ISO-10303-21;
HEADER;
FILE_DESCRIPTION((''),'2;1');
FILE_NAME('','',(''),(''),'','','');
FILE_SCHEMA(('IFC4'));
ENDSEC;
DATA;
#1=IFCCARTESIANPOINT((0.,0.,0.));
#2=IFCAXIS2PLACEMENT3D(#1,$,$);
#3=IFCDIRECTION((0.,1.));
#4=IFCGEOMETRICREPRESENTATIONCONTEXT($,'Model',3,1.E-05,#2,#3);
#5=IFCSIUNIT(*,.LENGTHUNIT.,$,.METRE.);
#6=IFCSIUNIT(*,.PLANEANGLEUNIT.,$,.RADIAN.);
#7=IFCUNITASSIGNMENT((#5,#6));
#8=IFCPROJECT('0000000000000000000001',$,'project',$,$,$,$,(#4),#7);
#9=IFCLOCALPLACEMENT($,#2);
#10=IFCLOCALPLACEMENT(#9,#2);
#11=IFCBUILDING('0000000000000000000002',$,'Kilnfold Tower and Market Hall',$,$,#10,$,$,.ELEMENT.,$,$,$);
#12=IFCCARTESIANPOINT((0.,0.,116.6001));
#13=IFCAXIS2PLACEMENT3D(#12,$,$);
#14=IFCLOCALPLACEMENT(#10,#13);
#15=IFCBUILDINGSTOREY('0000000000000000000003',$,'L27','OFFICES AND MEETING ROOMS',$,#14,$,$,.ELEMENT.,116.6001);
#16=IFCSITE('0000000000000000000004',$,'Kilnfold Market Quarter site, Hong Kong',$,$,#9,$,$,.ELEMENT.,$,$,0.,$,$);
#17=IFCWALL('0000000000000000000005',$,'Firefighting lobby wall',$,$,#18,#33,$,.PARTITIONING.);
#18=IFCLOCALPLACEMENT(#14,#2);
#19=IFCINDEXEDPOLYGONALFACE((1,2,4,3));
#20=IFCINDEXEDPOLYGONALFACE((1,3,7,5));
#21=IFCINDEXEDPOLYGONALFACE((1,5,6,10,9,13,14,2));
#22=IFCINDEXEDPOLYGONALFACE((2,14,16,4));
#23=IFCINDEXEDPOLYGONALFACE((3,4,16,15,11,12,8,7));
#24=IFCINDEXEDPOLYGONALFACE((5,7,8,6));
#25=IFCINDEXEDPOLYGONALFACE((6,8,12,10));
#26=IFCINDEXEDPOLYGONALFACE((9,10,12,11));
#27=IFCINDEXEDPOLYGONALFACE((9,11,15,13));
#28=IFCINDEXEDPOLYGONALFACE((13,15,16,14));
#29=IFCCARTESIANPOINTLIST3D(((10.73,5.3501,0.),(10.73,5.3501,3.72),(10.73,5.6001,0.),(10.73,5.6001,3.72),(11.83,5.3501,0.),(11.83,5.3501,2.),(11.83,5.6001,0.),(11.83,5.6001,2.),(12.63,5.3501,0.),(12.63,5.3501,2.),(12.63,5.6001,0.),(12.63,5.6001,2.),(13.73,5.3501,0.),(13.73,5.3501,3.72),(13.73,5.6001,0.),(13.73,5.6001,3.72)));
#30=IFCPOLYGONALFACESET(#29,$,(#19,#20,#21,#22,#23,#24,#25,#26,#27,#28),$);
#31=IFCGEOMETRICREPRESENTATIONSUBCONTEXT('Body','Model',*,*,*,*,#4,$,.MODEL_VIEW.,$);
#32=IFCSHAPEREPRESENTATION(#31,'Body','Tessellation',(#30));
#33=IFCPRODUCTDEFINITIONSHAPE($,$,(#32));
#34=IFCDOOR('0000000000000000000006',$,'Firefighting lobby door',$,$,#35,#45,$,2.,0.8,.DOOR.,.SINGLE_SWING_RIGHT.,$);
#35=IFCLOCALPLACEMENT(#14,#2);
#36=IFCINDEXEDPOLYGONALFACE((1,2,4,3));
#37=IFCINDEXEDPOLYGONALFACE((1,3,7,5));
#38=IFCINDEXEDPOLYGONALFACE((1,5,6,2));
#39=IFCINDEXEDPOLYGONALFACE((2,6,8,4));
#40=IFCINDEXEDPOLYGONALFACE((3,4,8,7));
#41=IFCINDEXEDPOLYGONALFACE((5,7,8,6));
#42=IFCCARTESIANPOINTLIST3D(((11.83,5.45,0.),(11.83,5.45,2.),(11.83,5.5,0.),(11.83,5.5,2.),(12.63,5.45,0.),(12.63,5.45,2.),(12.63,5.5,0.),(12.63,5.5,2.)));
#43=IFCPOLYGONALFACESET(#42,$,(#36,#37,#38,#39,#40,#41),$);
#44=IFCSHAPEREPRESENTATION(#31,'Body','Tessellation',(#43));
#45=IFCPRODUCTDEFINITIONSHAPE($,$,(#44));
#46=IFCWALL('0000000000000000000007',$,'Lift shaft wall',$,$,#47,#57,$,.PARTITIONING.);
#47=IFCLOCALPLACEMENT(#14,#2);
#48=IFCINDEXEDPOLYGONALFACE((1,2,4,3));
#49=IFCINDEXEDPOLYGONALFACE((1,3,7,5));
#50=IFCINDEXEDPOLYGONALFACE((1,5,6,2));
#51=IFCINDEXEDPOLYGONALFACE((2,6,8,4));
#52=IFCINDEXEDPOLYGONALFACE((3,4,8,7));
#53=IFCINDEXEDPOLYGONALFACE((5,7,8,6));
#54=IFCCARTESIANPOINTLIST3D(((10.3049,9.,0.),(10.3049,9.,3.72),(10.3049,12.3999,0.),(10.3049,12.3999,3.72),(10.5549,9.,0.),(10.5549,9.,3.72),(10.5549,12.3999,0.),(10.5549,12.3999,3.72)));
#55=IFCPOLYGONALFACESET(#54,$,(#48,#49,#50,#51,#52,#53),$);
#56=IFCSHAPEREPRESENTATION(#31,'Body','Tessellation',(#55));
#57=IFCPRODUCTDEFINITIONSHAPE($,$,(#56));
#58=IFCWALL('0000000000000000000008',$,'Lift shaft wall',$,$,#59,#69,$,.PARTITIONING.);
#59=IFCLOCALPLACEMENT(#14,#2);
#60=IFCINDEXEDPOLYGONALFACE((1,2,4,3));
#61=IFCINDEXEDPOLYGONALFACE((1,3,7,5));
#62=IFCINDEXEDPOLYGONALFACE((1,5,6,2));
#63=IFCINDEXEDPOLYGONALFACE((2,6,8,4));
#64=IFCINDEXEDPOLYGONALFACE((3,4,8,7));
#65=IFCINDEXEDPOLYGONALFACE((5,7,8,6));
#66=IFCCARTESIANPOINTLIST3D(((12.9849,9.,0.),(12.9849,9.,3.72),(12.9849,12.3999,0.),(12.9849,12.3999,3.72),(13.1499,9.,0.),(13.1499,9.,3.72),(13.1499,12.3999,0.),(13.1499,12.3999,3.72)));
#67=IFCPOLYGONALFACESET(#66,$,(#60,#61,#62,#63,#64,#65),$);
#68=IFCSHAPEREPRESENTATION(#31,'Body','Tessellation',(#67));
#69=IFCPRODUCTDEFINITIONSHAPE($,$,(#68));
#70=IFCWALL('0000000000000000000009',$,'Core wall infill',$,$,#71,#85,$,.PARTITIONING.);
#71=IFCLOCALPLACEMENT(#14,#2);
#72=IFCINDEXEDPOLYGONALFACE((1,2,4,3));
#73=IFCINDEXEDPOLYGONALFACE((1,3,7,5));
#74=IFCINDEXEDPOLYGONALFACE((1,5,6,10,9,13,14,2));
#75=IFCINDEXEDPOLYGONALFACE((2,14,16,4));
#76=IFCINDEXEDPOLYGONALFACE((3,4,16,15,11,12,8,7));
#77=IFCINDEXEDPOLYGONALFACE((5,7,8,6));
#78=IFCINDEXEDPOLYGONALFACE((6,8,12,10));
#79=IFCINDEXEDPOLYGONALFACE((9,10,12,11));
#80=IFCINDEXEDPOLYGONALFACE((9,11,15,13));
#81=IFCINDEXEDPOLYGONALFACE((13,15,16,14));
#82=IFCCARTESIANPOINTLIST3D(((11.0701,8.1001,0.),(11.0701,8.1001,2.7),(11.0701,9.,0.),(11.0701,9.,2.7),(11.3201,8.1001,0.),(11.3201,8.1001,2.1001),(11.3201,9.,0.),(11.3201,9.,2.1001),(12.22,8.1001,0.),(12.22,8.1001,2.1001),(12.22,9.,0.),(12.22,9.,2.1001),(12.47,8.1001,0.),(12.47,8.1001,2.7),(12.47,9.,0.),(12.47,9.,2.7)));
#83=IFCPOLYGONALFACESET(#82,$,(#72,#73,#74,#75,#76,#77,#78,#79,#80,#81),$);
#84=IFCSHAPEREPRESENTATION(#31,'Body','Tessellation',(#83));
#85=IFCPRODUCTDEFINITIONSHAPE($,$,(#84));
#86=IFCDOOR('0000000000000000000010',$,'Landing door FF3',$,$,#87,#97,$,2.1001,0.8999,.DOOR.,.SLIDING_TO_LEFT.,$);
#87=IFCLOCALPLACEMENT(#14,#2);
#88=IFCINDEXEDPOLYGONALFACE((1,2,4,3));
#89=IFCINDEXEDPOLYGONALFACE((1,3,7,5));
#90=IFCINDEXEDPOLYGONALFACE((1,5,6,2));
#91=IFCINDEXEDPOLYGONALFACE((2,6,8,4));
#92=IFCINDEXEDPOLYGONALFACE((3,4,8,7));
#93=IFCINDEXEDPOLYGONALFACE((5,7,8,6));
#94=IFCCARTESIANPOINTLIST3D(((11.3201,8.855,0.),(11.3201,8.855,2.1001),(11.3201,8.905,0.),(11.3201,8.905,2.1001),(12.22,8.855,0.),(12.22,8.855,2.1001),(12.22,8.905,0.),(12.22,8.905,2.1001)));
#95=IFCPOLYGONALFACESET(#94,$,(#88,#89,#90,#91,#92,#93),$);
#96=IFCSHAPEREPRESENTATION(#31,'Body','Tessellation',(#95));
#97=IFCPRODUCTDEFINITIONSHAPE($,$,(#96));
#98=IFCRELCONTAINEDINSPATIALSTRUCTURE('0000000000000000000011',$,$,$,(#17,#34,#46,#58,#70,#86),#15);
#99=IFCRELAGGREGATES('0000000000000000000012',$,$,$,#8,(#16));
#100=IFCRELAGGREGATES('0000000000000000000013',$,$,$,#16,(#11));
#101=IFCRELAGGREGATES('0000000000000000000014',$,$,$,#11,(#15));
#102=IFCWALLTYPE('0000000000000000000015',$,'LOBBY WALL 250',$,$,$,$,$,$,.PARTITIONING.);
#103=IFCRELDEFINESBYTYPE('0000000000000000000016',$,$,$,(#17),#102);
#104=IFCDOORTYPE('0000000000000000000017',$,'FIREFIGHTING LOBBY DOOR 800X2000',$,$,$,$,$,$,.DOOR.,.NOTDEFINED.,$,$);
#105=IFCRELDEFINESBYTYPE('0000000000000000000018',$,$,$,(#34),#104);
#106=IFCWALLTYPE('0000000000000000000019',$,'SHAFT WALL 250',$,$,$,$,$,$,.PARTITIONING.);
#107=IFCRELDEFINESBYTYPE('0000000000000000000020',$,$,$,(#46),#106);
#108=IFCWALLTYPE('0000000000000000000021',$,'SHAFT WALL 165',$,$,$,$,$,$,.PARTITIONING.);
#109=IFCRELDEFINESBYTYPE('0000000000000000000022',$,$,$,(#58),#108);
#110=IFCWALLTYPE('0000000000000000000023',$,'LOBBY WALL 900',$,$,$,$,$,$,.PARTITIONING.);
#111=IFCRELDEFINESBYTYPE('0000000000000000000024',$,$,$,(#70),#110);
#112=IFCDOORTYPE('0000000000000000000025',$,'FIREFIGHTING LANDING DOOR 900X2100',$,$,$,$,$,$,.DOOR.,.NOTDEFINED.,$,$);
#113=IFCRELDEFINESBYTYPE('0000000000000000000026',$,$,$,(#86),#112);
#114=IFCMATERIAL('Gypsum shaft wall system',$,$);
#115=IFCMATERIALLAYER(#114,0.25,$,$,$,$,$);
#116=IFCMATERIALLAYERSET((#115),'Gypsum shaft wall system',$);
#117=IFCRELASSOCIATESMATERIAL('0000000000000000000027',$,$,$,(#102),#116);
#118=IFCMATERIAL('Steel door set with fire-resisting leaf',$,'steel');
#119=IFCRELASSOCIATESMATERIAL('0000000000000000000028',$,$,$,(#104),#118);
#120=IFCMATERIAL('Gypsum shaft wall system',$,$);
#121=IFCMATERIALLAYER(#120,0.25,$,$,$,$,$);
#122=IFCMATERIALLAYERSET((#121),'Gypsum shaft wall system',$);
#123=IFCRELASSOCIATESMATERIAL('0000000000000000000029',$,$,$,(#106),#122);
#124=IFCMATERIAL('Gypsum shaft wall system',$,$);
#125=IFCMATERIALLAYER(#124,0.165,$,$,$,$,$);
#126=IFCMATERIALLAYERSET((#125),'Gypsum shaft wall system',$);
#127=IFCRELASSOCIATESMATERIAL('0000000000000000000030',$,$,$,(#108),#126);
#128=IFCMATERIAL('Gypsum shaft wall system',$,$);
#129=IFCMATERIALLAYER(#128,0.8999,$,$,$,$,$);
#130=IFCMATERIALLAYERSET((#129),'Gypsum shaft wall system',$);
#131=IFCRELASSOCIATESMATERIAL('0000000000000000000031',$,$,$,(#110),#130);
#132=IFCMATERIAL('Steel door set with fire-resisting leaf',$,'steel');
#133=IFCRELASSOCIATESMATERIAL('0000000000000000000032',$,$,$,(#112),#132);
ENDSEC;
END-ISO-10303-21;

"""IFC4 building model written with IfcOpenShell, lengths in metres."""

from ifc_helpers import new_model, si_unit, direction, frame, frame_2d, origin, place, context, subcontext, project, spatial, rectangle, extrude, source, transform, mapped, material, layer, layer_set, type_object, element, fill, save


model = new_model("IFC4")

# Units and contexts
model_context = context("Model", 3, precision=1e-05, world=origin(), true_north=direction((0.0, 1.0)))
body_context = subcontext(model_context, "Body", "Model", "MODEL_VIEW")
ifc_project = project(units=[si_unit("LENGTHUNIT", "METRE"), si_unit("PLANEANGLEUNIT", "RADIAN")], contexts=[model_context])

# Site, building, storey
site_placement = place(None, origin())
site = spatial("IfcSite", under=ifc_project, at=site_placement, Name="Kilnfold Market Quarter site, Hong Kong", CompositionType="ELEMENT", RefElevation=0.0)
building_placement = place(site_placement, origin())
building = spatial("IfcBuilding", under=site, at=building_placement, Name="Kilnfold Tower and Market Hall", CompositionType="ELEMENT")
storey_placement = place(building_placement, frame((0.0, 0.0, 116.6001)))
storey = spatial("IfcBuildingStorey", under=building, at=storey_placement, Name="L27", Description="OFFICES AND MEETING ROOMS", CompositionType="ELEMENT", Elevation=116.6001)

# Shared definitions
ifc_material_1 = material(Name="Gypsum shaft wall system")
ifc_layer_1 = layer(ifc_material_1, 0.25)
ifc_layer_set_1 = layer_set([ifc_layer_1], Name="Gypsum shaft wall system")
wall_type_1 = type_object("IfcWallType", Name="LOBBY WALL 250", PredefinedType="PARTITIONING", material=ifc_layer_set_1)

# Wall, opening, door
shared_shape_1 = source(origin(), body_context, "Body", "SweptSolid", [
    extrude(rectangle(XDim=3.0, YDim=0.25, at=frame_2d((1.5, 0.0))), origin(), (0.0, 0.0, 1.0), 3.72),
])
wall_1_placement = place(storey_placement, frame((10.73, 5.4751, 0.0), z_axis=(0.0, 0.0, 1.0), x_axis=(1.0, 0.0, 0.0)))
wall_1 = element("IfcWall", 1, at=wall_1_placement, inside=storey, type_object=wall_type_1, Name="Firefighting lobby wall", PredefinedType="PARTITIONING", context=body_context, shape_type="MappedRepresentation", body=[
    mapped(shared_shape_1, transform((0.0, 0.0, 0.0))),
])
opening_1_placement = place(wall_1_placement, frame((1.1001, 0.0, 0.0)))
opening_1 = element("IfcOpeningElement", 2, at=opening_1_placement, cuts=wall_1, PredefinedType="OPENING", context=body_context, shape_type="SweptSolid", body=[
    extrude(rectangle(XDim=0.8, YDim=2.0, at=frame_2d((0.3999, 1.0))), frame((0.0, 0.135, 0.0), z_axis=(0.0, -1.0, 0.0), x_axis=(1.0, 0.0, 0.0)), (0.0, 0.0, 1.0), 0.27),
])
ifc_material_2 = material(Name="Steel door set with fire-resisting leaf", Category="steel")
door_type_1 = type_object("IfcDoorType", Name="FIREFIGHTING LOBBY DOOR 800X2000", OperationType="NOTDEFINED", PredefinedType="DOOR", material=ifc_material_2)
door_1_placement = place(opening_1_placement, origin())
door_1 = element("IfcDoor", 3, at=door_1_placement, inside=storey, type_object=door_type_1, Name="Firefighting lobby door", OperationType="SINGLE_SWING_RIGHT", OverallHeight=2.0, OverallWidth=0.8, PredefinedType="DOOR", context=body_context, shape_type="SweptSolid", body=[
    extrude(rectangle(XDim=0.8, YDim=2.0, at=frame_2d((0.3999, 1.0))), frame((0.0, 0.0249, 0.0), z_axis=(0.0, -1.0, 0.0), x_axis=(1.0, 0.0, 0.0)), (0.0, 0.0, 1.0), 0.05),
])
fill(opening_1, door_1)

# Walls
ifc_material_3 = material(Name="Gypsum shaft wall system")
ifc_layer_2 = layer(ifc_material_3, 0.25)
ifc_layer_set_2 = layer_set([ifc_layer_2], Name="Gypsum shaft wall system")
wall_type_2 = type_object("IfcWallType", Name="SHAFT WALL 250", PredefinedType="PARTITIONING", material=ifc_layer_set_2)
shared_shape_2 = source(origin(), body_context, "Body", "SweptSolid", [
    extrude(rectangle(XDim=3.3999, YDim=0.25, at=frame_2d((1.7, 0.0))), origin(), (0.0, 0.0, 1.0), 3.72),
])
wall_2_placement = place(storey_placement, frame((10.4299, 9.0, 0.0), z_axis=(0.0, 0.0, 1.0), x_axis=(0.0, 1.0, 0.0)))
element("IfcWall", 4, at=wall_2_placement, inside=storey, type_object=wall_type_2, Name="Lift shaft wall", PredefinedType="PARTITIONING", context=body_context, shape_type="MappedRepresentation", body=[
    mapped(shared_shape_2, transform((0.0, 0.0, 0.0))),
])
ifc_material_4 = material(Name="Gypsum shaft wall system")
ifc_layer_3 = layer(ifc_material_4, 0.165)
ifc_layer_set_3 = layer_set([ifc_layer_3], Name="Gypsum shaft wall system")
wall_type_3 = type_object("IfcWallType", Name="SHAFT WALL 165", PredefinedType="PARTITIONING", material=ifc_layer_set_3)
shared_shape_3 = source(origin(), body_context, "Body", "SweptSolid", [
    extrude(rectangle(XDim=3.3999, YDim=0.165, at=frame_2d((1.7, 0.0))), origin(), (0.0, 0.0, 1.0), 3.72),
])
wall_3_placement = place(storey_placement, frame((13.0674, 9.0, 0.0), z_axis=(0.0, 0.0, 1.0), x_axis=(0.0, 1.0, 0.0)))
element("IfcWall", 5, at=wall_3_placement, inside=storey, type_object=wall_type_3, Name="Lift shaft wall", PredefinedType="PARTITIONING", context=body_context, shape_type="MappedRepresentation", body=[
    mapped(shared_shape_3, transform((0.0, 0.0, 0.0))),
])

# Wall, opening, door
ifc_material_5 = material(Name="Gypsum shaft wall system")
ifc_layer_4 = layer(ifc_material_5, 0.8999)
ifc_layer_set_4 = layer_set([ifc_layer_4], Name="Gypsum shaft wall system")
wall_type_4 = type_object("IfcWallType", Name="LOBBY WALL 900", PredefinedType="PARTITIONING", material=ifc_layer_set_4)
shared_shape_4 = source(origin(), body_context, "Body", "SweptSolid", [
    extrude(rectangle(XDim=1.3999, YDim=0.8999, at=frame_2d((0.7, 0.0))), origin(), (0.0, 0.0, 1.0), 2.7),
])
wall_4_placement = place(storey_placement, frame((11.0701, 8.55, 0.0), z_axis=(0.0, 0.0, 1.0), x_axis=(1.0, 0.0, 0.0)))
wall_4 = element("IfcWall", 6, at=wall_4_placement, inside=storey, type_object=wall_type_4, Name="Core wall infill", PredefinedType="PARTITIONING", context=body_context, shape_type="MappedRepresentation", body=[
    mapped(shared_shape_4, transform((0.0, 0.0, 0.0))),
])
opening_2_placement = place(wall_4_placement, frame((0.25, 0.0, 0.0)))
opening_2 = element("IfcOpeningElement", 7, at=opening_2_placement, cuts=wall_4, PredefinedType="OPENING", context=body_context, shape_type="SweptSolid", body=[
    extrude(rectangle(XDim=0.8999, YDim=2.1001, at=frame_2d((0.45, 1.05))), frame((0.0, 0.46, 0.0), z_axis=(0.0, -1.0, 0.0), x_axis=(1.0, 0.0, 0.0)), (0.0, 0.0, 1.0), 0.9199),
])
ifc_material_6 = material(Name="Steel door set with fire-resisting leaf", Category="steel")
door_type_2 = type_object("IfcDoorType", Name="FIREFIGHTING LANDING DOOR 900X2100", OperationType="NOTDEFINED", PredefinedType="DOOR", material=ifc_material_6)
door_2_placement = place(opening_2_placement, origin())
door_2 = element("IfcDoor", 8, at=door_2_placement, inside=storey, type_object=door_type_2, Name="Landing door FF3", OperationType="SLIDING_TO_LEFT", OverallHeight=2.1001, OverallWidth=0.8999, PredefinedType="DOOR", context=body_context, shape_type="SweptSolid", body=[
    extrude(rectangle(XDim=0.8999, YDim=2.1001, at=frame_2d((0.45, 1.05))), frame((0.0, 0.355, 0.0), z_axis=(0.0, -1.0, 0.0), x_axis=(1.0, 0.0, 0.0)), (0.0, 0.0, 1.0), 0.05),
])
fill(opening_2, door_2)

save(model, "model.ifc")
